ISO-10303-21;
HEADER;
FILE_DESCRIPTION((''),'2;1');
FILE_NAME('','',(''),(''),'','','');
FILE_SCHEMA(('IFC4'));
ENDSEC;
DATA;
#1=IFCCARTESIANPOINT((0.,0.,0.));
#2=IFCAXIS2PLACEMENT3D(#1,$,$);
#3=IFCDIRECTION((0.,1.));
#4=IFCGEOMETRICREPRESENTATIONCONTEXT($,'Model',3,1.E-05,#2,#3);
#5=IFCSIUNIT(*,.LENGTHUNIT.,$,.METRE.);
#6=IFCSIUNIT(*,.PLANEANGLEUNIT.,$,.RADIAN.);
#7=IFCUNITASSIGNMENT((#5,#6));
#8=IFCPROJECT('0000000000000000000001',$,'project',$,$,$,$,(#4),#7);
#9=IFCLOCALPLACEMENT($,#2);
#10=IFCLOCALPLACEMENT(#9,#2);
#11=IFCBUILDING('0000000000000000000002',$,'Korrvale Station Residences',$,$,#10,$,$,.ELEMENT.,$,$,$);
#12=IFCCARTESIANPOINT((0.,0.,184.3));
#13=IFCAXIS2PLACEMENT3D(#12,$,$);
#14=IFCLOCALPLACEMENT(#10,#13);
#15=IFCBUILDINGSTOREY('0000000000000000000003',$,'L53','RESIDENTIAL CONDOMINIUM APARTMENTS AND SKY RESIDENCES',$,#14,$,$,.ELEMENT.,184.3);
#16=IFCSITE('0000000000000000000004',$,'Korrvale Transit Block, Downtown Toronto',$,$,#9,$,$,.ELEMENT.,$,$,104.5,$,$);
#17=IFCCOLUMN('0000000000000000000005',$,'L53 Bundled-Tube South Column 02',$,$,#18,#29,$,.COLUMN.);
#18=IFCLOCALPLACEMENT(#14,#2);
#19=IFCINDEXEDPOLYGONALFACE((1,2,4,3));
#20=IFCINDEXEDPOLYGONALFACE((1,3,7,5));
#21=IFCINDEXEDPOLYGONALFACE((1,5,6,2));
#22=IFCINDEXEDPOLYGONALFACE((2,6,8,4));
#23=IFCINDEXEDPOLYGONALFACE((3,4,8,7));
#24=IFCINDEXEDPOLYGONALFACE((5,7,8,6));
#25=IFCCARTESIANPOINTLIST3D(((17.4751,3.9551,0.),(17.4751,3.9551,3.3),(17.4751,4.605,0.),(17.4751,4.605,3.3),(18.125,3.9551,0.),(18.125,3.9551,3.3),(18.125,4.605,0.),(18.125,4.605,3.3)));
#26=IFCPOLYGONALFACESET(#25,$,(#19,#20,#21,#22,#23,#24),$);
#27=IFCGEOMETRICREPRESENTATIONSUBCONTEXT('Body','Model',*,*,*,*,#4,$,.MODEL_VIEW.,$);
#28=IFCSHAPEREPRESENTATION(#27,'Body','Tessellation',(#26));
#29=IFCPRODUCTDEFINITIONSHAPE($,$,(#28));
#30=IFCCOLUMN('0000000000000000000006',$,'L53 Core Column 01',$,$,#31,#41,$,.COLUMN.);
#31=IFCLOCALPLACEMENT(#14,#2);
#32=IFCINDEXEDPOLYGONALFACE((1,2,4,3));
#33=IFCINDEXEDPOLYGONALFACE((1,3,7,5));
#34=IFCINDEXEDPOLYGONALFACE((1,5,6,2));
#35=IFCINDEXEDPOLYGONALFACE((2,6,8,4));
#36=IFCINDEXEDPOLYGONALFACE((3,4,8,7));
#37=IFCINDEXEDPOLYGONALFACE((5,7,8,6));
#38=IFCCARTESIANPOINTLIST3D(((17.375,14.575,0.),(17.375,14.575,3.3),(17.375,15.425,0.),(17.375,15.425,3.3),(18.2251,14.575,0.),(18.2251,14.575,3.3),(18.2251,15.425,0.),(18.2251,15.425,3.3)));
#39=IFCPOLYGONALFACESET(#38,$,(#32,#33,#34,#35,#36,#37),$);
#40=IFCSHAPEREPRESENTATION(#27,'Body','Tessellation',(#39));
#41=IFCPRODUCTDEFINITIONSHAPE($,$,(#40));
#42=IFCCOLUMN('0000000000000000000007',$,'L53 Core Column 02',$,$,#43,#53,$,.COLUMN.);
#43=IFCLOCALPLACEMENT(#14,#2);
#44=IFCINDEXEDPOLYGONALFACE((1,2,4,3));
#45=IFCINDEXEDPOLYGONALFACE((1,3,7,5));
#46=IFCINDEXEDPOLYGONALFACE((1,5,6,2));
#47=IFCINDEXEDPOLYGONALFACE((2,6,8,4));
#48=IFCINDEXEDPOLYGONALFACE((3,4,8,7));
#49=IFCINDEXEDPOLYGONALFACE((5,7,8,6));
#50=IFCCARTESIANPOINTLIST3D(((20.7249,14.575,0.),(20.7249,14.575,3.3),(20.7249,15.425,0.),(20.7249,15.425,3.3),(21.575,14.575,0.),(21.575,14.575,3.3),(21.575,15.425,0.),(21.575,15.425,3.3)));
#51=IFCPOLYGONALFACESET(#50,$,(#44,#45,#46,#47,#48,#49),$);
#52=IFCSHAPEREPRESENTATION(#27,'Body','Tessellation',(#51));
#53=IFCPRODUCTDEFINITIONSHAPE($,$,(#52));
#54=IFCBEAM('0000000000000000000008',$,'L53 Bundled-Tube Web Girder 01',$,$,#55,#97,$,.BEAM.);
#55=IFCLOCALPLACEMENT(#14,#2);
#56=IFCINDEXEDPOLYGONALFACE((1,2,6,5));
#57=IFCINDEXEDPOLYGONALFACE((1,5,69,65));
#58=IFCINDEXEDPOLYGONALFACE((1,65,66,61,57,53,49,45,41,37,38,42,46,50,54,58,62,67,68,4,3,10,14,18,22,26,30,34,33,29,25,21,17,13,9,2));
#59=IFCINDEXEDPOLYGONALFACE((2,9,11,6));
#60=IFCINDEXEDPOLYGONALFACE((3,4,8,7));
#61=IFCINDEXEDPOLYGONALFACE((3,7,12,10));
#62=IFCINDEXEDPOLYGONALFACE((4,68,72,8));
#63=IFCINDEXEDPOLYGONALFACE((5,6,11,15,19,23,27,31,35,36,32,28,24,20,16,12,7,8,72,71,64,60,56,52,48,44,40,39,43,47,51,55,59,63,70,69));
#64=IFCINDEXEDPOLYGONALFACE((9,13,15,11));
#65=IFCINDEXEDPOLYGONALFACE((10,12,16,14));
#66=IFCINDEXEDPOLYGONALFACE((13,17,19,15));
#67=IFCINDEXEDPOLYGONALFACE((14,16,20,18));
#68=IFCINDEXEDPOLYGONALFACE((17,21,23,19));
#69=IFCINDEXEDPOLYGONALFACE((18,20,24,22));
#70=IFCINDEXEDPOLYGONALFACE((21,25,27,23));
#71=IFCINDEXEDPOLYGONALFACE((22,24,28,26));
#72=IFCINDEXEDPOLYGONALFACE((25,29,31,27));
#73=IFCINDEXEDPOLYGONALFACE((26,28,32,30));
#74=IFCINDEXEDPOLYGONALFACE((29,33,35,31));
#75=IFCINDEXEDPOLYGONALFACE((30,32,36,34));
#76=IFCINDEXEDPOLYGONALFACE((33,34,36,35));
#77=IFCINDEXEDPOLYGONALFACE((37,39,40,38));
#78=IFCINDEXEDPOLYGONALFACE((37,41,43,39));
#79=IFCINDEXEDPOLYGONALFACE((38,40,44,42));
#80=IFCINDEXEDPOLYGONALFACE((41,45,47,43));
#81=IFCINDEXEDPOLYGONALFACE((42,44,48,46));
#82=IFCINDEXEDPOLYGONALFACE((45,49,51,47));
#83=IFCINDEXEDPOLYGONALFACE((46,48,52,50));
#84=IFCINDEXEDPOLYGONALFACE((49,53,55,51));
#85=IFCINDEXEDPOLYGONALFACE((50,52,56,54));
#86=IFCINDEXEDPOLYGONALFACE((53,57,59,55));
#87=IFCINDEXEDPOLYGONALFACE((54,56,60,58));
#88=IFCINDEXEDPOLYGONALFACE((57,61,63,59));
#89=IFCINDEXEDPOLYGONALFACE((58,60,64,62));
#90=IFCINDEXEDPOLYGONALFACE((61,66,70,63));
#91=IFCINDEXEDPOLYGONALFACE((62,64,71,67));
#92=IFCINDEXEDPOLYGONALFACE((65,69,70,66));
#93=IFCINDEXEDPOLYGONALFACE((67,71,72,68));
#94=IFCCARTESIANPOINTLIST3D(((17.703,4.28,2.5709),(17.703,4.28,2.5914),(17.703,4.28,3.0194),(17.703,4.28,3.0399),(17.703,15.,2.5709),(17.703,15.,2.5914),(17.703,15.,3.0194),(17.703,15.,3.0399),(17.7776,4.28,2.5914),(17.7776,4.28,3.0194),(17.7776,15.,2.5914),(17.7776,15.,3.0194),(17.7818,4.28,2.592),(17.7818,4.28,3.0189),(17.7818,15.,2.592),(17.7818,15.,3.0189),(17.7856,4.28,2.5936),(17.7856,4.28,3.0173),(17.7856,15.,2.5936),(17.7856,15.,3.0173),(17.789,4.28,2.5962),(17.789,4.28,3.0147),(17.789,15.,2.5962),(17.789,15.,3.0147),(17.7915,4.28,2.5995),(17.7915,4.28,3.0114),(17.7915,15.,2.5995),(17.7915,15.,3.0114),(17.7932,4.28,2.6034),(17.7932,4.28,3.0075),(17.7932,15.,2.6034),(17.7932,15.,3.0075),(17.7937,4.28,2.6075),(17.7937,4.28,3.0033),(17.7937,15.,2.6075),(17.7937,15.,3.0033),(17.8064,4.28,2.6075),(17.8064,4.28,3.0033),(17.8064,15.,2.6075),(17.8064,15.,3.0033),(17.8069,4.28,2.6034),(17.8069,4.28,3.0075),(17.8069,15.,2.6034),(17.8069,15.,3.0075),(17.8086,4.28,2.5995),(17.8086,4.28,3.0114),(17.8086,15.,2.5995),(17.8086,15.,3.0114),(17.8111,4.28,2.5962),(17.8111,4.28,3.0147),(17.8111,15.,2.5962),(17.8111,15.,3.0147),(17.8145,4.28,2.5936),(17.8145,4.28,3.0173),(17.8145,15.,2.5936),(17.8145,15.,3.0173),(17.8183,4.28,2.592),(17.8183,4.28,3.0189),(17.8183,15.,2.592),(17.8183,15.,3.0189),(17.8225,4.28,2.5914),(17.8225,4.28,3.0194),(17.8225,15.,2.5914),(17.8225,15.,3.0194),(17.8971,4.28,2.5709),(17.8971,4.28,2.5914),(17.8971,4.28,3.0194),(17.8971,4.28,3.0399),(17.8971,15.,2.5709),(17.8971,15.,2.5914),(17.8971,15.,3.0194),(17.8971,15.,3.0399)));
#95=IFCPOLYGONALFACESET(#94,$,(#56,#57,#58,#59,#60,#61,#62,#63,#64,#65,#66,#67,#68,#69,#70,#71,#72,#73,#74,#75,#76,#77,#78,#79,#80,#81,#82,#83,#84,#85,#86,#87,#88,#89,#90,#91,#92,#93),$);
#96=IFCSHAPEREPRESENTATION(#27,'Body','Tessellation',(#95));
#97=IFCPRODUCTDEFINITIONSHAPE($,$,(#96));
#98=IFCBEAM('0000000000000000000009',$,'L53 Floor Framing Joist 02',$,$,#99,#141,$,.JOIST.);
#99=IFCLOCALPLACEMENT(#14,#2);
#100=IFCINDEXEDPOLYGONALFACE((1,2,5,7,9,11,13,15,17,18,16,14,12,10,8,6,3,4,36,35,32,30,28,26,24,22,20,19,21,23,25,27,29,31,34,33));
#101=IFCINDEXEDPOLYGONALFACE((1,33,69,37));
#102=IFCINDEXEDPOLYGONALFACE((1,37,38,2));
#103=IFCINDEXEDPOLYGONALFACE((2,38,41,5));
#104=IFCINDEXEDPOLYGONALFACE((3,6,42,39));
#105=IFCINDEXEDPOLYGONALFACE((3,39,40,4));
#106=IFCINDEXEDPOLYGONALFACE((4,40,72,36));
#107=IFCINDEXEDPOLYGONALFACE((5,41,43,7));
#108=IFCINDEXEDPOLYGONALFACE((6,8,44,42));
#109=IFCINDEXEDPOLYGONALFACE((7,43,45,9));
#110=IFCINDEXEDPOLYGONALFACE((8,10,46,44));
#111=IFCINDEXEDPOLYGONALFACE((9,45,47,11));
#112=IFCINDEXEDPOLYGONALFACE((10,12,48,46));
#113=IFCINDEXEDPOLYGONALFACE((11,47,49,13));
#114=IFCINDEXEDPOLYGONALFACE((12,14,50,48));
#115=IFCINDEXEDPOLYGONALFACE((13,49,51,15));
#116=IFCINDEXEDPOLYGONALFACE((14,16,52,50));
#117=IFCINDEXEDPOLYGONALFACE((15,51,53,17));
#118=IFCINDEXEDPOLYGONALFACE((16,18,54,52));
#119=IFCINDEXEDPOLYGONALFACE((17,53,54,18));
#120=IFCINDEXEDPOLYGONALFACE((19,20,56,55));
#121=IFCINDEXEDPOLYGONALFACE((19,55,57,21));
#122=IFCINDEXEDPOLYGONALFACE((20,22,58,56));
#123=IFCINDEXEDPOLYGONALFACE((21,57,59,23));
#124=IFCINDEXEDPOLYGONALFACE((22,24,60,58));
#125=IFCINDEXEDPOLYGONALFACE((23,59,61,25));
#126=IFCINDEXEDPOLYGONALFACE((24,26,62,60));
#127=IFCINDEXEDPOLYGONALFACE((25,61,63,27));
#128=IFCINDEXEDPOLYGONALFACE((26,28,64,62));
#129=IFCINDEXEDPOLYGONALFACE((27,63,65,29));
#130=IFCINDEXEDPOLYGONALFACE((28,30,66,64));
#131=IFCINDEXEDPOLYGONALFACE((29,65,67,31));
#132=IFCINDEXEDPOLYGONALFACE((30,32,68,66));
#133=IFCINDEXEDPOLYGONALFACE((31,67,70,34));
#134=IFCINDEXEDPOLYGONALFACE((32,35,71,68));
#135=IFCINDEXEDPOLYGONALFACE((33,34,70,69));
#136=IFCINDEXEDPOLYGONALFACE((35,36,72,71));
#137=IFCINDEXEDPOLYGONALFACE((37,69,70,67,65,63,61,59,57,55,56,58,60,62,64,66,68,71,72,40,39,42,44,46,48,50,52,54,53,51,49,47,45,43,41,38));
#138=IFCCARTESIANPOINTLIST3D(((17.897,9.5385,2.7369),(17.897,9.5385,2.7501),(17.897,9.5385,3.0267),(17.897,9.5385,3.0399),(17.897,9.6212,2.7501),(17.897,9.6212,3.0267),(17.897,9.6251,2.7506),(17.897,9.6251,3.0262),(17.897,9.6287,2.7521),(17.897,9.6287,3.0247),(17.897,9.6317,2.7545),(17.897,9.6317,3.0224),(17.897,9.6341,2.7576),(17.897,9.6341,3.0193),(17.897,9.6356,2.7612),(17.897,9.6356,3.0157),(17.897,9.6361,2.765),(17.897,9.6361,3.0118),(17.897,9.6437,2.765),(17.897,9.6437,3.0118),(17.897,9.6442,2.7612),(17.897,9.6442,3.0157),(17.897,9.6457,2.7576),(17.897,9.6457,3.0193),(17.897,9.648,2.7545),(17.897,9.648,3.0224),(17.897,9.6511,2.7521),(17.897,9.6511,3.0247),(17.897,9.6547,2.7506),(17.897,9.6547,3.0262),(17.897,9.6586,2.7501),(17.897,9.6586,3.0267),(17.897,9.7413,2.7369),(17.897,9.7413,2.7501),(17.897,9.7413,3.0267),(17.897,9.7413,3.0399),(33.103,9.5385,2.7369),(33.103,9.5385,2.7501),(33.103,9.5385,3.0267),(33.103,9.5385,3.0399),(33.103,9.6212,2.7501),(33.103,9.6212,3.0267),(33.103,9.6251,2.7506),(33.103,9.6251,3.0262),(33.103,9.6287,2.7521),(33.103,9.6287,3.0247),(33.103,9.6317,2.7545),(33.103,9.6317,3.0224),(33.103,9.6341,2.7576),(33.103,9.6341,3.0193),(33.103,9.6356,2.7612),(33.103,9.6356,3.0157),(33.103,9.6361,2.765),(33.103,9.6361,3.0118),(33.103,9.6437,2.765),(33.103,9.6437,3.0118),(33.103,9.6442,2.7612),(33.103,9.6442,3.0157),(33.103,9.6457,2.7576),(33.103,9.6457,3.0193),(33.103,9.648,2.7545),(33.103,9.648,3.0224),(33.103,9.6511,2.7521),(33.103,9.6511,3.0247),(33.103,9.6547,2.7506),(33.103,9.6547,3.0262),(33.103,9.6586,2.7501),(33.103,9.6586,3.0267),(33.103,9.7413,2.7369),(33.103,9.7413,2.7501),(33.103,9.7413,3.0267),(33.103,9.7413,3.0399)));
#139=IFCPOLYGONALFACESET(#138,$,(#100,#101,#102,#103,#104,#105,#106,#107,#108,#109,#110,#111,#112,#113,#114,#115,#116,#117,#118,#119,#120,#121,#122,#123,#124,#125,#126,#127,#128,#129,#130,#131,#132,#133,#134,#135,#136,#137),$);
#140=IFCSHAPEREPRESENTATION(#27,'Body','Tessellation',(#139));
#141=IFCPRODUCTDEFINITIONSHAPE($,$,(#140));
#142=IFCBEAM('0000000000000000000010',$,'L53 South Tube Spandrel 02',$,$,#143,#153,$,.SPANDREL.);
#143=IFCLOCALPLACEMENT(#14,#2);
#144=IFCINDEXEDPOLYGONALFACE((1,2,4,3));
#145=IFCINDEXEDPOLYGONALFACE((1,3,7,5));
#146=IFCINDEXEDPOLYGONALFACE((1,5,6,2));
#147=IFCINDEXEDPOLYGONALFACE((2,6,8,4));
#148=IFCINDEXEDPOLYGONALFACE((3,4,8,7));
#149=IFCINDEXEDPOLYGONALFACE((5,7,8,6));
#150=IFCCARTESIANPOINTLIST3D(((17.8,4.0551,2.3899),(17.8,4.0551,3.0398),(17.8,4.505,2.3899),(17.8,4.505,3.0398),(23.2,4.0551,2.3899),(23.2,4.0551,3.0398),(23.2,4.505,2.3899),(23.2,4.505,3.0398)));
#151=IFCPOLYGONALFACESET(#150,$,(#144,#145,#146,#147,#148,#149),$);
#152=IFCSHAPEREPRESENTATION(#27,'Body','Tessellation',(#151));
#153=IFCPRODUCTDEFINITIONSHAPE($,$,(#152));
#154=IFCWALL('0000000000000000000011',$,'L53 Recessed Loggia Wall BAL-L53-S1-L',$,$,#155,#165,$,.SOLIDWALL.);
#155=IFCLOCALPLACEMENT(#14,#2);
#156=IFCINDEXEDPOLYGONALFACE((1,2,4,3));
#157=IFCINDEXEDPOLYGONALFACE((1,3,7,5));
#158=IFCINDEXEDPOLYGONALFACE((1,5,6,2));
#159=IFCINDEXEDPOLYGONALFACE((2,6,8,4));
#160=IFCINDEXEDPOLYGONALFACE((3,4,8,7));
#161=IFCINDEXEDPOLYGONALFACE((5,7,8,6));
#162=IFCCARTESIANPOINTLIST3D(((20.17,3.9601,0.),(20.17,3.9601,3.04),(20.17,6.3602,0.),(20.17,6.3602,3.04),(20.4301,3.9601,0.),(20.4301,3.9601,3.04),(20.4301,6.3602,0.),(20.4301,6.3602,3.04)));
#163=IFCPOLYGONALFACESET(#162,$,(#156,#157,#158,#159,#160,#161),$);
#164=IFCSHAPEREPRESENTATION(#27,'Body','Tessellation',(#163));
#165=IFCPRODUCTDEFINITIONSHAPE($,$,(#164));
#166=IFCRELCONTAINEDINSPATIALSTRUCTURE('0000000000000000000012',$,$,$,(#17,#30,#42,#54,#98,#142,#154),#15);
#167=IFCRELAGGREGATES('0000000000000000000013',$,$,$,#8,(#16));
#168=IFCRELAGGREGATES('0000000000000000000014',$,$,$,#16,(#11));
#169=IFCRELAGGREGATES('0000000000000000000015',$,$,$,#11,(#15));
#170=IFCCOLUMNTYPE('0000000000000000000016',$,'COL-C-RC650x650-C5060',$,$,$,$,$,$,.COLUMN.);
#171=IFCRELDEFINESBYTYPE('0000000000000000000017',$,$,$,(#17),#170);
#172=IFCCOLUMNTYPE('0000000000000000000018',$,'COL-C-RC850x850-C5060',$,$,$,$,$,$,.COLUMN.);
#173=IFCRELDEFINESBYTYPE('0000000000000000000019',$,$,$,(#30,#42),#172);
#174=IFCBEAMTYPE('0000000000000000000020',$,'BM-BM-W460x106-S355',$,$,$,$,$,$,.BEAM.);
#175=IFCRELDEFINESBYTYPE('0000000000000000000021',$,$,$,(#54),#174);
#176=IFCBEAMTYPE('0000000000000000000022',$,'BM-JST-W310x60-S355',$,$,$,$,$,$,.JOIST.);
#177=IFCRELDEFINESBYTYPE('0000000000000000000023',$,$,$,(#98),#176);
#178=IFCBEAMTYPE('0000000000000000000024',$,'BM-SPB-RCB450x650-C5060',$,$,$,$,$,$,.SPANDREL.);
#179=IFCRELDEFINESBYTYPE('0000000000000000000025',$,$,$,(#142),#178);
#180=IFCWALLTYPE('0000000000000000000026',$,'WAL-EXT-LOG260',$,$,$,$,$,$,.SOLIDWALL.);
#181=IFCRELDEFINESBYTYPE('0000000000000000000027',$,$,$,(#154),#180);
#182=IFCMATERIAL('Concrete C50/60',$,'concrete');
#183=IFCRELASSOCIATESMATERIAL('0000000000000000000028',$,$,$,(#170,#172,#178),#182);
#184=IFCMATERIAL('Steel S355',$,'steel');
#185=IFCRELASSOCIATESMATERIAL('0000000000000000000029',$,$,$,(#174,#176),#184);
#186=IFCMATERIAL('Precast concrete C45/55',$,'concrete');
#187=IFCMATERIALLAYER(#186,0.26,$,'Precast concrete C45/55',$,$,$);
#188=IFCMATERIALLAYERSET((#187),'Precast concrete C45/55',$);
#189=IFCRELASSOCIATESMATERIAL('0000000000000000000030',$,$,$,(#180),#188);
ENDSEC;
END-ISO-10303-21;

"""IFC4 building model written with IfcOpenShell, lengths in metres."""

from ifc_helpers import new_model, si_unit, direction, frame, frame_2d, origin, origin_2d, place, context, subcontext, project, spatial, rectangle, i_section, extrude, material, layer, layer_set, material_profile, profile_set, type_object, element, save


model = new_model("IFC4")

# Units and contexts
model_context = context("Model", 3, precision=1e-05, world=origin(), true_north=direction((0.0, 1.0)))
body_context = subcontext(model_context, "Body", "Model", "MODEL_VIEW")
ifc_project = project(units=[si_unit("LENGTHUNIT", "METRE"), si_unit("PLANEANGLEUNIT", "RADIAN")], contexts=[model_context])

# Site, building, storey
site_placement = place(None, origin())
site = spatial("IfcSite", under=ifc_project, at=site_placement, Name="Korrvale Transit Block, Downtown Toronto", CompositionType="ELEMENT", RefElevation=104.5)
building_placement = place(site_placement, origin())
building = spatial("IfcBuilding", under=site, at=building_placement, Name="Korrvale Station Residences", CompositionType="ELEMENT")
storey_placement = place(building_placement, frame((0.0, 0.0, 184.3)))
storey = spatial("IfcBuildingStorey", under=building, at=storey_placement, Name="L53", Description="RESIDENTIAL CONDOMINIUM APARTMENTS AND SKY RESIDENCES", CompositionType="ELEMENT", Elevation=184.3)

# Columns
ifc_material_1 = material(Name="Concrete C50/60", Category="concrete")
ifc_material_profile_1 = material_profile(ifc_material_1, rectangle(XDim=0.6499, YDim=0.6499, at=origin_2d()), Name="RC650x650")
ifc_profile_set_1 = profile_set([ifc_material_profile_1], Name="Concrete C50/60")
column_type_1 = type_object("IfcColumnType", Name="COL-C-RC650x650-C5060", PredefinedType="COLUMN", material=ifc_profile_set_1)
column_placement = place(storey_placement, frame((17.8, 4.28, 0.0), z_axis=(0.0, 0.0, 1.0), x_axis=(1.0, 0.0, 0.0)))
element("IfcColumn", 1, at=column_placement, inside=storey, type_object=column_type_1, Name="L53 Bundled-Tube South Column 02", PredefinedType="COLUMN", context=body_context, shape_type="SweptSolid", body=[
    extrude(rectangle(XDim=0.6499, YDim=0.6499, at=origin_2d()), origin(), (0.0, 0.0, 1.0), 3.3),
])
ifc_material_profile_2 = material_profile(ifc_material_1, rectangle(XDim=0.8501, YDim=0.8501, at=origin_2d()), Name="RC850x850")
ifc_profile_set_2 = profile_set([ifc_material_profile_2], Name="Concrete C50/60")
column_type_2 = type_object("IfcColumnType", Name="COL-C-RC850x850-C5060", PredefinedType="COLUMN", material=ifc_profile_set_2)
for number, where, z_axis, x_axis, name in (
    (2, (17.8, 15.0, 0.0), (0.0, 0.0, 1.0), (1.0, 0.0, 0.0), "L53 Core Column 01"),
    (3, (21.1499, 15.0, 0.0), (0.0, 0.0, 1.0), (1.0, 0.0, 0.0), "L53 Core Column 02"),
):
    element("IfcColumn", number, at=place(storey_placement, frame(where, z_axis=z_axis, x_axis=x_axis)), inside=storey, type_object=column_type_2, Name=name, PredefinedType="COLUMN", context=body_context, shape_type="SweptSolid", body=[
        extrude(rectangle(XDim=0.8501, YDim=0.8501, at=origin_2d()), origin(), (0.0, 0.0, 1.0), 3.3),
    ])

# Beams
ifc_material_2 = material(Name="Steel S355", Category="steel")
ifc_material_profile_3 = material_profile(ifc_material_2, i_section(OverallWidth=0.1941, OverallDepth=0.469, WebThickness=0.0127, FlangeThickness=0.0205, FilletRadius=0.0161, at=origin_2d()), Name="W460x106")
ifc_profile_set_3 = profile_set([ifc_material_profile_3], Name="Steel S355")
beam_type_1 = type_object("IfcBeamType", Name="BM-BM-W460x106-S355", PredefinedType="BEAM", material=ifc_profile_set_3)
beam_1_placement = place(storey_placement, frame((17.8, 4.28, 2.8054), z_axis=(0.0, 1.0, 0.0), x_axis=(-1.0, 0.0, 0.0)))
element("IfcBeam", 4, at=beam_1_placement, inside=storey, type_object=beam_type_1, Name="L53 Bundled-Tube Web Girder 01", PredefinedType="BEAM", context=body_context, shape_type="SweptSolid", body=[
    extrude(i_section(OverallWidth=0.1941, OverallDepth=0.469, WebThickness=0.0127, FlangeThickness=0.0205, FilletRadius=0.0161, at=origin_2d()), origin(), (0.0, 0.0, 1.0), 10.72),
])
ifc_material_profile_4 = material_profile(ifc_material_2, i_section(OverallWidth=0.2029, OverallDepth=0.303, WebThickness=0.0076, FlangeThickness=0.0132, FilletRadius=0.0149, at=origin_2d()), Name="W310x60")
ifc_profile_set_4 = profile_set([ifc_material_profile_4], Name="Steel S355")
beam_type_2 = type_object("IfcBeamType", Name="BM-JST-W310x60-S355", PredefinedType="JOIST", material=ifc_profile_set_4)
beam_2_placement = place(storey_placement, frame((17.897, 9.6399, 2.8884), z_axis=(1.0, 0.0, 0.0), x_axis=(0.0, 1.0, 0.0)))
element("IfcBeam", 5, at=beam_2_placement, inside=storey, type_object=beam_type_2, Name="L53 Floor Framing Joist 02", PredefinedType="JOIST", context=body_context, shape_type="SweptSolid", body=[
    extrude(i_section(OverallWidth=0.2029, OverallDepth=0.303, WebThickness=0.0076, FlangeThickness=0.0132, FilletRadius=0.0149, at=origin_2d()), origin(), (0.0, 0.0, 1.0), 15.2061),
])
ifc_material_profile_5 = material_profile(ifc_material_1, rectangle(XDim=0.45, YDim=0.6499, at=origin_2d()), Name="RCB450x650")
ifc_profile_set_5 = profile_set([ifc_material_profile_5], Name="Concrete C50/60")
beam_type_3 = type_object("IfcBeamType", Name="BM-SPB-RCB450x650-C5060", PredefinedType="SPANDREL", material=ifc_profile_set_5)
beam_3_placement = place(storey_placement, frame((17.8, 4.28, 2.7148), z_axis=(1.0, 0.0, 0.0), x_axis=(0.0, 1.0, 0.0)))
element("IfcBeam", 6, at=beam_3_placement, inside=storey, type_object=beam_type_3, Name="L53 South Tube Spandrel 02", PredefinedType="SPANDREL", context=body_context, shape_type="SweptSolid", body=[
    extrude(rectangle(XDim=0.45, YDim=0.6499, at=origin_2d()), origin(), (0.0, 0.0, 1.0), 5.3999),
])

# Wall
ifc_material_3 = material(Name="Precast concrete C45/55", Category="concrete")
ifc_layer_1 = layer(ifc_material_3, 0.26, Name="Precast concrete C45/55")
ifc_layer_set_1 = layer_set([ifc_layer_1], Name="Precast concrete C45/55")
wall_type_1 = type_object("IfcWallType", Name="WAL-EXT-LOG260", PredefinedType="SOLIDWALL", material=ifc_layer_set_1)
wall_1_placement = place(storey_placement, frame((20.3, 3.96, 0.0), z_axis=(0.0, 0.0, 1.0), x_axis=(0.0, 1.0, 0.0)))
element("IfcWall", 7, at=wall_1_placement, inside=storey, type_object=wall_type_1, Name="L53 Recessed Loggia Wall BAL-L53-S1-L", PredefinedType="SOLIDWALL", context=body_context, shape_type="SweptSolid", body=[
    extrude(rectangle(XDim=2.4001, YDim=0.26, at=frame_2d((1.2002, 0.0))), origin(), (0.0, 0.0, 1.0), 3.04),
])

save(model, "model.ifc")
